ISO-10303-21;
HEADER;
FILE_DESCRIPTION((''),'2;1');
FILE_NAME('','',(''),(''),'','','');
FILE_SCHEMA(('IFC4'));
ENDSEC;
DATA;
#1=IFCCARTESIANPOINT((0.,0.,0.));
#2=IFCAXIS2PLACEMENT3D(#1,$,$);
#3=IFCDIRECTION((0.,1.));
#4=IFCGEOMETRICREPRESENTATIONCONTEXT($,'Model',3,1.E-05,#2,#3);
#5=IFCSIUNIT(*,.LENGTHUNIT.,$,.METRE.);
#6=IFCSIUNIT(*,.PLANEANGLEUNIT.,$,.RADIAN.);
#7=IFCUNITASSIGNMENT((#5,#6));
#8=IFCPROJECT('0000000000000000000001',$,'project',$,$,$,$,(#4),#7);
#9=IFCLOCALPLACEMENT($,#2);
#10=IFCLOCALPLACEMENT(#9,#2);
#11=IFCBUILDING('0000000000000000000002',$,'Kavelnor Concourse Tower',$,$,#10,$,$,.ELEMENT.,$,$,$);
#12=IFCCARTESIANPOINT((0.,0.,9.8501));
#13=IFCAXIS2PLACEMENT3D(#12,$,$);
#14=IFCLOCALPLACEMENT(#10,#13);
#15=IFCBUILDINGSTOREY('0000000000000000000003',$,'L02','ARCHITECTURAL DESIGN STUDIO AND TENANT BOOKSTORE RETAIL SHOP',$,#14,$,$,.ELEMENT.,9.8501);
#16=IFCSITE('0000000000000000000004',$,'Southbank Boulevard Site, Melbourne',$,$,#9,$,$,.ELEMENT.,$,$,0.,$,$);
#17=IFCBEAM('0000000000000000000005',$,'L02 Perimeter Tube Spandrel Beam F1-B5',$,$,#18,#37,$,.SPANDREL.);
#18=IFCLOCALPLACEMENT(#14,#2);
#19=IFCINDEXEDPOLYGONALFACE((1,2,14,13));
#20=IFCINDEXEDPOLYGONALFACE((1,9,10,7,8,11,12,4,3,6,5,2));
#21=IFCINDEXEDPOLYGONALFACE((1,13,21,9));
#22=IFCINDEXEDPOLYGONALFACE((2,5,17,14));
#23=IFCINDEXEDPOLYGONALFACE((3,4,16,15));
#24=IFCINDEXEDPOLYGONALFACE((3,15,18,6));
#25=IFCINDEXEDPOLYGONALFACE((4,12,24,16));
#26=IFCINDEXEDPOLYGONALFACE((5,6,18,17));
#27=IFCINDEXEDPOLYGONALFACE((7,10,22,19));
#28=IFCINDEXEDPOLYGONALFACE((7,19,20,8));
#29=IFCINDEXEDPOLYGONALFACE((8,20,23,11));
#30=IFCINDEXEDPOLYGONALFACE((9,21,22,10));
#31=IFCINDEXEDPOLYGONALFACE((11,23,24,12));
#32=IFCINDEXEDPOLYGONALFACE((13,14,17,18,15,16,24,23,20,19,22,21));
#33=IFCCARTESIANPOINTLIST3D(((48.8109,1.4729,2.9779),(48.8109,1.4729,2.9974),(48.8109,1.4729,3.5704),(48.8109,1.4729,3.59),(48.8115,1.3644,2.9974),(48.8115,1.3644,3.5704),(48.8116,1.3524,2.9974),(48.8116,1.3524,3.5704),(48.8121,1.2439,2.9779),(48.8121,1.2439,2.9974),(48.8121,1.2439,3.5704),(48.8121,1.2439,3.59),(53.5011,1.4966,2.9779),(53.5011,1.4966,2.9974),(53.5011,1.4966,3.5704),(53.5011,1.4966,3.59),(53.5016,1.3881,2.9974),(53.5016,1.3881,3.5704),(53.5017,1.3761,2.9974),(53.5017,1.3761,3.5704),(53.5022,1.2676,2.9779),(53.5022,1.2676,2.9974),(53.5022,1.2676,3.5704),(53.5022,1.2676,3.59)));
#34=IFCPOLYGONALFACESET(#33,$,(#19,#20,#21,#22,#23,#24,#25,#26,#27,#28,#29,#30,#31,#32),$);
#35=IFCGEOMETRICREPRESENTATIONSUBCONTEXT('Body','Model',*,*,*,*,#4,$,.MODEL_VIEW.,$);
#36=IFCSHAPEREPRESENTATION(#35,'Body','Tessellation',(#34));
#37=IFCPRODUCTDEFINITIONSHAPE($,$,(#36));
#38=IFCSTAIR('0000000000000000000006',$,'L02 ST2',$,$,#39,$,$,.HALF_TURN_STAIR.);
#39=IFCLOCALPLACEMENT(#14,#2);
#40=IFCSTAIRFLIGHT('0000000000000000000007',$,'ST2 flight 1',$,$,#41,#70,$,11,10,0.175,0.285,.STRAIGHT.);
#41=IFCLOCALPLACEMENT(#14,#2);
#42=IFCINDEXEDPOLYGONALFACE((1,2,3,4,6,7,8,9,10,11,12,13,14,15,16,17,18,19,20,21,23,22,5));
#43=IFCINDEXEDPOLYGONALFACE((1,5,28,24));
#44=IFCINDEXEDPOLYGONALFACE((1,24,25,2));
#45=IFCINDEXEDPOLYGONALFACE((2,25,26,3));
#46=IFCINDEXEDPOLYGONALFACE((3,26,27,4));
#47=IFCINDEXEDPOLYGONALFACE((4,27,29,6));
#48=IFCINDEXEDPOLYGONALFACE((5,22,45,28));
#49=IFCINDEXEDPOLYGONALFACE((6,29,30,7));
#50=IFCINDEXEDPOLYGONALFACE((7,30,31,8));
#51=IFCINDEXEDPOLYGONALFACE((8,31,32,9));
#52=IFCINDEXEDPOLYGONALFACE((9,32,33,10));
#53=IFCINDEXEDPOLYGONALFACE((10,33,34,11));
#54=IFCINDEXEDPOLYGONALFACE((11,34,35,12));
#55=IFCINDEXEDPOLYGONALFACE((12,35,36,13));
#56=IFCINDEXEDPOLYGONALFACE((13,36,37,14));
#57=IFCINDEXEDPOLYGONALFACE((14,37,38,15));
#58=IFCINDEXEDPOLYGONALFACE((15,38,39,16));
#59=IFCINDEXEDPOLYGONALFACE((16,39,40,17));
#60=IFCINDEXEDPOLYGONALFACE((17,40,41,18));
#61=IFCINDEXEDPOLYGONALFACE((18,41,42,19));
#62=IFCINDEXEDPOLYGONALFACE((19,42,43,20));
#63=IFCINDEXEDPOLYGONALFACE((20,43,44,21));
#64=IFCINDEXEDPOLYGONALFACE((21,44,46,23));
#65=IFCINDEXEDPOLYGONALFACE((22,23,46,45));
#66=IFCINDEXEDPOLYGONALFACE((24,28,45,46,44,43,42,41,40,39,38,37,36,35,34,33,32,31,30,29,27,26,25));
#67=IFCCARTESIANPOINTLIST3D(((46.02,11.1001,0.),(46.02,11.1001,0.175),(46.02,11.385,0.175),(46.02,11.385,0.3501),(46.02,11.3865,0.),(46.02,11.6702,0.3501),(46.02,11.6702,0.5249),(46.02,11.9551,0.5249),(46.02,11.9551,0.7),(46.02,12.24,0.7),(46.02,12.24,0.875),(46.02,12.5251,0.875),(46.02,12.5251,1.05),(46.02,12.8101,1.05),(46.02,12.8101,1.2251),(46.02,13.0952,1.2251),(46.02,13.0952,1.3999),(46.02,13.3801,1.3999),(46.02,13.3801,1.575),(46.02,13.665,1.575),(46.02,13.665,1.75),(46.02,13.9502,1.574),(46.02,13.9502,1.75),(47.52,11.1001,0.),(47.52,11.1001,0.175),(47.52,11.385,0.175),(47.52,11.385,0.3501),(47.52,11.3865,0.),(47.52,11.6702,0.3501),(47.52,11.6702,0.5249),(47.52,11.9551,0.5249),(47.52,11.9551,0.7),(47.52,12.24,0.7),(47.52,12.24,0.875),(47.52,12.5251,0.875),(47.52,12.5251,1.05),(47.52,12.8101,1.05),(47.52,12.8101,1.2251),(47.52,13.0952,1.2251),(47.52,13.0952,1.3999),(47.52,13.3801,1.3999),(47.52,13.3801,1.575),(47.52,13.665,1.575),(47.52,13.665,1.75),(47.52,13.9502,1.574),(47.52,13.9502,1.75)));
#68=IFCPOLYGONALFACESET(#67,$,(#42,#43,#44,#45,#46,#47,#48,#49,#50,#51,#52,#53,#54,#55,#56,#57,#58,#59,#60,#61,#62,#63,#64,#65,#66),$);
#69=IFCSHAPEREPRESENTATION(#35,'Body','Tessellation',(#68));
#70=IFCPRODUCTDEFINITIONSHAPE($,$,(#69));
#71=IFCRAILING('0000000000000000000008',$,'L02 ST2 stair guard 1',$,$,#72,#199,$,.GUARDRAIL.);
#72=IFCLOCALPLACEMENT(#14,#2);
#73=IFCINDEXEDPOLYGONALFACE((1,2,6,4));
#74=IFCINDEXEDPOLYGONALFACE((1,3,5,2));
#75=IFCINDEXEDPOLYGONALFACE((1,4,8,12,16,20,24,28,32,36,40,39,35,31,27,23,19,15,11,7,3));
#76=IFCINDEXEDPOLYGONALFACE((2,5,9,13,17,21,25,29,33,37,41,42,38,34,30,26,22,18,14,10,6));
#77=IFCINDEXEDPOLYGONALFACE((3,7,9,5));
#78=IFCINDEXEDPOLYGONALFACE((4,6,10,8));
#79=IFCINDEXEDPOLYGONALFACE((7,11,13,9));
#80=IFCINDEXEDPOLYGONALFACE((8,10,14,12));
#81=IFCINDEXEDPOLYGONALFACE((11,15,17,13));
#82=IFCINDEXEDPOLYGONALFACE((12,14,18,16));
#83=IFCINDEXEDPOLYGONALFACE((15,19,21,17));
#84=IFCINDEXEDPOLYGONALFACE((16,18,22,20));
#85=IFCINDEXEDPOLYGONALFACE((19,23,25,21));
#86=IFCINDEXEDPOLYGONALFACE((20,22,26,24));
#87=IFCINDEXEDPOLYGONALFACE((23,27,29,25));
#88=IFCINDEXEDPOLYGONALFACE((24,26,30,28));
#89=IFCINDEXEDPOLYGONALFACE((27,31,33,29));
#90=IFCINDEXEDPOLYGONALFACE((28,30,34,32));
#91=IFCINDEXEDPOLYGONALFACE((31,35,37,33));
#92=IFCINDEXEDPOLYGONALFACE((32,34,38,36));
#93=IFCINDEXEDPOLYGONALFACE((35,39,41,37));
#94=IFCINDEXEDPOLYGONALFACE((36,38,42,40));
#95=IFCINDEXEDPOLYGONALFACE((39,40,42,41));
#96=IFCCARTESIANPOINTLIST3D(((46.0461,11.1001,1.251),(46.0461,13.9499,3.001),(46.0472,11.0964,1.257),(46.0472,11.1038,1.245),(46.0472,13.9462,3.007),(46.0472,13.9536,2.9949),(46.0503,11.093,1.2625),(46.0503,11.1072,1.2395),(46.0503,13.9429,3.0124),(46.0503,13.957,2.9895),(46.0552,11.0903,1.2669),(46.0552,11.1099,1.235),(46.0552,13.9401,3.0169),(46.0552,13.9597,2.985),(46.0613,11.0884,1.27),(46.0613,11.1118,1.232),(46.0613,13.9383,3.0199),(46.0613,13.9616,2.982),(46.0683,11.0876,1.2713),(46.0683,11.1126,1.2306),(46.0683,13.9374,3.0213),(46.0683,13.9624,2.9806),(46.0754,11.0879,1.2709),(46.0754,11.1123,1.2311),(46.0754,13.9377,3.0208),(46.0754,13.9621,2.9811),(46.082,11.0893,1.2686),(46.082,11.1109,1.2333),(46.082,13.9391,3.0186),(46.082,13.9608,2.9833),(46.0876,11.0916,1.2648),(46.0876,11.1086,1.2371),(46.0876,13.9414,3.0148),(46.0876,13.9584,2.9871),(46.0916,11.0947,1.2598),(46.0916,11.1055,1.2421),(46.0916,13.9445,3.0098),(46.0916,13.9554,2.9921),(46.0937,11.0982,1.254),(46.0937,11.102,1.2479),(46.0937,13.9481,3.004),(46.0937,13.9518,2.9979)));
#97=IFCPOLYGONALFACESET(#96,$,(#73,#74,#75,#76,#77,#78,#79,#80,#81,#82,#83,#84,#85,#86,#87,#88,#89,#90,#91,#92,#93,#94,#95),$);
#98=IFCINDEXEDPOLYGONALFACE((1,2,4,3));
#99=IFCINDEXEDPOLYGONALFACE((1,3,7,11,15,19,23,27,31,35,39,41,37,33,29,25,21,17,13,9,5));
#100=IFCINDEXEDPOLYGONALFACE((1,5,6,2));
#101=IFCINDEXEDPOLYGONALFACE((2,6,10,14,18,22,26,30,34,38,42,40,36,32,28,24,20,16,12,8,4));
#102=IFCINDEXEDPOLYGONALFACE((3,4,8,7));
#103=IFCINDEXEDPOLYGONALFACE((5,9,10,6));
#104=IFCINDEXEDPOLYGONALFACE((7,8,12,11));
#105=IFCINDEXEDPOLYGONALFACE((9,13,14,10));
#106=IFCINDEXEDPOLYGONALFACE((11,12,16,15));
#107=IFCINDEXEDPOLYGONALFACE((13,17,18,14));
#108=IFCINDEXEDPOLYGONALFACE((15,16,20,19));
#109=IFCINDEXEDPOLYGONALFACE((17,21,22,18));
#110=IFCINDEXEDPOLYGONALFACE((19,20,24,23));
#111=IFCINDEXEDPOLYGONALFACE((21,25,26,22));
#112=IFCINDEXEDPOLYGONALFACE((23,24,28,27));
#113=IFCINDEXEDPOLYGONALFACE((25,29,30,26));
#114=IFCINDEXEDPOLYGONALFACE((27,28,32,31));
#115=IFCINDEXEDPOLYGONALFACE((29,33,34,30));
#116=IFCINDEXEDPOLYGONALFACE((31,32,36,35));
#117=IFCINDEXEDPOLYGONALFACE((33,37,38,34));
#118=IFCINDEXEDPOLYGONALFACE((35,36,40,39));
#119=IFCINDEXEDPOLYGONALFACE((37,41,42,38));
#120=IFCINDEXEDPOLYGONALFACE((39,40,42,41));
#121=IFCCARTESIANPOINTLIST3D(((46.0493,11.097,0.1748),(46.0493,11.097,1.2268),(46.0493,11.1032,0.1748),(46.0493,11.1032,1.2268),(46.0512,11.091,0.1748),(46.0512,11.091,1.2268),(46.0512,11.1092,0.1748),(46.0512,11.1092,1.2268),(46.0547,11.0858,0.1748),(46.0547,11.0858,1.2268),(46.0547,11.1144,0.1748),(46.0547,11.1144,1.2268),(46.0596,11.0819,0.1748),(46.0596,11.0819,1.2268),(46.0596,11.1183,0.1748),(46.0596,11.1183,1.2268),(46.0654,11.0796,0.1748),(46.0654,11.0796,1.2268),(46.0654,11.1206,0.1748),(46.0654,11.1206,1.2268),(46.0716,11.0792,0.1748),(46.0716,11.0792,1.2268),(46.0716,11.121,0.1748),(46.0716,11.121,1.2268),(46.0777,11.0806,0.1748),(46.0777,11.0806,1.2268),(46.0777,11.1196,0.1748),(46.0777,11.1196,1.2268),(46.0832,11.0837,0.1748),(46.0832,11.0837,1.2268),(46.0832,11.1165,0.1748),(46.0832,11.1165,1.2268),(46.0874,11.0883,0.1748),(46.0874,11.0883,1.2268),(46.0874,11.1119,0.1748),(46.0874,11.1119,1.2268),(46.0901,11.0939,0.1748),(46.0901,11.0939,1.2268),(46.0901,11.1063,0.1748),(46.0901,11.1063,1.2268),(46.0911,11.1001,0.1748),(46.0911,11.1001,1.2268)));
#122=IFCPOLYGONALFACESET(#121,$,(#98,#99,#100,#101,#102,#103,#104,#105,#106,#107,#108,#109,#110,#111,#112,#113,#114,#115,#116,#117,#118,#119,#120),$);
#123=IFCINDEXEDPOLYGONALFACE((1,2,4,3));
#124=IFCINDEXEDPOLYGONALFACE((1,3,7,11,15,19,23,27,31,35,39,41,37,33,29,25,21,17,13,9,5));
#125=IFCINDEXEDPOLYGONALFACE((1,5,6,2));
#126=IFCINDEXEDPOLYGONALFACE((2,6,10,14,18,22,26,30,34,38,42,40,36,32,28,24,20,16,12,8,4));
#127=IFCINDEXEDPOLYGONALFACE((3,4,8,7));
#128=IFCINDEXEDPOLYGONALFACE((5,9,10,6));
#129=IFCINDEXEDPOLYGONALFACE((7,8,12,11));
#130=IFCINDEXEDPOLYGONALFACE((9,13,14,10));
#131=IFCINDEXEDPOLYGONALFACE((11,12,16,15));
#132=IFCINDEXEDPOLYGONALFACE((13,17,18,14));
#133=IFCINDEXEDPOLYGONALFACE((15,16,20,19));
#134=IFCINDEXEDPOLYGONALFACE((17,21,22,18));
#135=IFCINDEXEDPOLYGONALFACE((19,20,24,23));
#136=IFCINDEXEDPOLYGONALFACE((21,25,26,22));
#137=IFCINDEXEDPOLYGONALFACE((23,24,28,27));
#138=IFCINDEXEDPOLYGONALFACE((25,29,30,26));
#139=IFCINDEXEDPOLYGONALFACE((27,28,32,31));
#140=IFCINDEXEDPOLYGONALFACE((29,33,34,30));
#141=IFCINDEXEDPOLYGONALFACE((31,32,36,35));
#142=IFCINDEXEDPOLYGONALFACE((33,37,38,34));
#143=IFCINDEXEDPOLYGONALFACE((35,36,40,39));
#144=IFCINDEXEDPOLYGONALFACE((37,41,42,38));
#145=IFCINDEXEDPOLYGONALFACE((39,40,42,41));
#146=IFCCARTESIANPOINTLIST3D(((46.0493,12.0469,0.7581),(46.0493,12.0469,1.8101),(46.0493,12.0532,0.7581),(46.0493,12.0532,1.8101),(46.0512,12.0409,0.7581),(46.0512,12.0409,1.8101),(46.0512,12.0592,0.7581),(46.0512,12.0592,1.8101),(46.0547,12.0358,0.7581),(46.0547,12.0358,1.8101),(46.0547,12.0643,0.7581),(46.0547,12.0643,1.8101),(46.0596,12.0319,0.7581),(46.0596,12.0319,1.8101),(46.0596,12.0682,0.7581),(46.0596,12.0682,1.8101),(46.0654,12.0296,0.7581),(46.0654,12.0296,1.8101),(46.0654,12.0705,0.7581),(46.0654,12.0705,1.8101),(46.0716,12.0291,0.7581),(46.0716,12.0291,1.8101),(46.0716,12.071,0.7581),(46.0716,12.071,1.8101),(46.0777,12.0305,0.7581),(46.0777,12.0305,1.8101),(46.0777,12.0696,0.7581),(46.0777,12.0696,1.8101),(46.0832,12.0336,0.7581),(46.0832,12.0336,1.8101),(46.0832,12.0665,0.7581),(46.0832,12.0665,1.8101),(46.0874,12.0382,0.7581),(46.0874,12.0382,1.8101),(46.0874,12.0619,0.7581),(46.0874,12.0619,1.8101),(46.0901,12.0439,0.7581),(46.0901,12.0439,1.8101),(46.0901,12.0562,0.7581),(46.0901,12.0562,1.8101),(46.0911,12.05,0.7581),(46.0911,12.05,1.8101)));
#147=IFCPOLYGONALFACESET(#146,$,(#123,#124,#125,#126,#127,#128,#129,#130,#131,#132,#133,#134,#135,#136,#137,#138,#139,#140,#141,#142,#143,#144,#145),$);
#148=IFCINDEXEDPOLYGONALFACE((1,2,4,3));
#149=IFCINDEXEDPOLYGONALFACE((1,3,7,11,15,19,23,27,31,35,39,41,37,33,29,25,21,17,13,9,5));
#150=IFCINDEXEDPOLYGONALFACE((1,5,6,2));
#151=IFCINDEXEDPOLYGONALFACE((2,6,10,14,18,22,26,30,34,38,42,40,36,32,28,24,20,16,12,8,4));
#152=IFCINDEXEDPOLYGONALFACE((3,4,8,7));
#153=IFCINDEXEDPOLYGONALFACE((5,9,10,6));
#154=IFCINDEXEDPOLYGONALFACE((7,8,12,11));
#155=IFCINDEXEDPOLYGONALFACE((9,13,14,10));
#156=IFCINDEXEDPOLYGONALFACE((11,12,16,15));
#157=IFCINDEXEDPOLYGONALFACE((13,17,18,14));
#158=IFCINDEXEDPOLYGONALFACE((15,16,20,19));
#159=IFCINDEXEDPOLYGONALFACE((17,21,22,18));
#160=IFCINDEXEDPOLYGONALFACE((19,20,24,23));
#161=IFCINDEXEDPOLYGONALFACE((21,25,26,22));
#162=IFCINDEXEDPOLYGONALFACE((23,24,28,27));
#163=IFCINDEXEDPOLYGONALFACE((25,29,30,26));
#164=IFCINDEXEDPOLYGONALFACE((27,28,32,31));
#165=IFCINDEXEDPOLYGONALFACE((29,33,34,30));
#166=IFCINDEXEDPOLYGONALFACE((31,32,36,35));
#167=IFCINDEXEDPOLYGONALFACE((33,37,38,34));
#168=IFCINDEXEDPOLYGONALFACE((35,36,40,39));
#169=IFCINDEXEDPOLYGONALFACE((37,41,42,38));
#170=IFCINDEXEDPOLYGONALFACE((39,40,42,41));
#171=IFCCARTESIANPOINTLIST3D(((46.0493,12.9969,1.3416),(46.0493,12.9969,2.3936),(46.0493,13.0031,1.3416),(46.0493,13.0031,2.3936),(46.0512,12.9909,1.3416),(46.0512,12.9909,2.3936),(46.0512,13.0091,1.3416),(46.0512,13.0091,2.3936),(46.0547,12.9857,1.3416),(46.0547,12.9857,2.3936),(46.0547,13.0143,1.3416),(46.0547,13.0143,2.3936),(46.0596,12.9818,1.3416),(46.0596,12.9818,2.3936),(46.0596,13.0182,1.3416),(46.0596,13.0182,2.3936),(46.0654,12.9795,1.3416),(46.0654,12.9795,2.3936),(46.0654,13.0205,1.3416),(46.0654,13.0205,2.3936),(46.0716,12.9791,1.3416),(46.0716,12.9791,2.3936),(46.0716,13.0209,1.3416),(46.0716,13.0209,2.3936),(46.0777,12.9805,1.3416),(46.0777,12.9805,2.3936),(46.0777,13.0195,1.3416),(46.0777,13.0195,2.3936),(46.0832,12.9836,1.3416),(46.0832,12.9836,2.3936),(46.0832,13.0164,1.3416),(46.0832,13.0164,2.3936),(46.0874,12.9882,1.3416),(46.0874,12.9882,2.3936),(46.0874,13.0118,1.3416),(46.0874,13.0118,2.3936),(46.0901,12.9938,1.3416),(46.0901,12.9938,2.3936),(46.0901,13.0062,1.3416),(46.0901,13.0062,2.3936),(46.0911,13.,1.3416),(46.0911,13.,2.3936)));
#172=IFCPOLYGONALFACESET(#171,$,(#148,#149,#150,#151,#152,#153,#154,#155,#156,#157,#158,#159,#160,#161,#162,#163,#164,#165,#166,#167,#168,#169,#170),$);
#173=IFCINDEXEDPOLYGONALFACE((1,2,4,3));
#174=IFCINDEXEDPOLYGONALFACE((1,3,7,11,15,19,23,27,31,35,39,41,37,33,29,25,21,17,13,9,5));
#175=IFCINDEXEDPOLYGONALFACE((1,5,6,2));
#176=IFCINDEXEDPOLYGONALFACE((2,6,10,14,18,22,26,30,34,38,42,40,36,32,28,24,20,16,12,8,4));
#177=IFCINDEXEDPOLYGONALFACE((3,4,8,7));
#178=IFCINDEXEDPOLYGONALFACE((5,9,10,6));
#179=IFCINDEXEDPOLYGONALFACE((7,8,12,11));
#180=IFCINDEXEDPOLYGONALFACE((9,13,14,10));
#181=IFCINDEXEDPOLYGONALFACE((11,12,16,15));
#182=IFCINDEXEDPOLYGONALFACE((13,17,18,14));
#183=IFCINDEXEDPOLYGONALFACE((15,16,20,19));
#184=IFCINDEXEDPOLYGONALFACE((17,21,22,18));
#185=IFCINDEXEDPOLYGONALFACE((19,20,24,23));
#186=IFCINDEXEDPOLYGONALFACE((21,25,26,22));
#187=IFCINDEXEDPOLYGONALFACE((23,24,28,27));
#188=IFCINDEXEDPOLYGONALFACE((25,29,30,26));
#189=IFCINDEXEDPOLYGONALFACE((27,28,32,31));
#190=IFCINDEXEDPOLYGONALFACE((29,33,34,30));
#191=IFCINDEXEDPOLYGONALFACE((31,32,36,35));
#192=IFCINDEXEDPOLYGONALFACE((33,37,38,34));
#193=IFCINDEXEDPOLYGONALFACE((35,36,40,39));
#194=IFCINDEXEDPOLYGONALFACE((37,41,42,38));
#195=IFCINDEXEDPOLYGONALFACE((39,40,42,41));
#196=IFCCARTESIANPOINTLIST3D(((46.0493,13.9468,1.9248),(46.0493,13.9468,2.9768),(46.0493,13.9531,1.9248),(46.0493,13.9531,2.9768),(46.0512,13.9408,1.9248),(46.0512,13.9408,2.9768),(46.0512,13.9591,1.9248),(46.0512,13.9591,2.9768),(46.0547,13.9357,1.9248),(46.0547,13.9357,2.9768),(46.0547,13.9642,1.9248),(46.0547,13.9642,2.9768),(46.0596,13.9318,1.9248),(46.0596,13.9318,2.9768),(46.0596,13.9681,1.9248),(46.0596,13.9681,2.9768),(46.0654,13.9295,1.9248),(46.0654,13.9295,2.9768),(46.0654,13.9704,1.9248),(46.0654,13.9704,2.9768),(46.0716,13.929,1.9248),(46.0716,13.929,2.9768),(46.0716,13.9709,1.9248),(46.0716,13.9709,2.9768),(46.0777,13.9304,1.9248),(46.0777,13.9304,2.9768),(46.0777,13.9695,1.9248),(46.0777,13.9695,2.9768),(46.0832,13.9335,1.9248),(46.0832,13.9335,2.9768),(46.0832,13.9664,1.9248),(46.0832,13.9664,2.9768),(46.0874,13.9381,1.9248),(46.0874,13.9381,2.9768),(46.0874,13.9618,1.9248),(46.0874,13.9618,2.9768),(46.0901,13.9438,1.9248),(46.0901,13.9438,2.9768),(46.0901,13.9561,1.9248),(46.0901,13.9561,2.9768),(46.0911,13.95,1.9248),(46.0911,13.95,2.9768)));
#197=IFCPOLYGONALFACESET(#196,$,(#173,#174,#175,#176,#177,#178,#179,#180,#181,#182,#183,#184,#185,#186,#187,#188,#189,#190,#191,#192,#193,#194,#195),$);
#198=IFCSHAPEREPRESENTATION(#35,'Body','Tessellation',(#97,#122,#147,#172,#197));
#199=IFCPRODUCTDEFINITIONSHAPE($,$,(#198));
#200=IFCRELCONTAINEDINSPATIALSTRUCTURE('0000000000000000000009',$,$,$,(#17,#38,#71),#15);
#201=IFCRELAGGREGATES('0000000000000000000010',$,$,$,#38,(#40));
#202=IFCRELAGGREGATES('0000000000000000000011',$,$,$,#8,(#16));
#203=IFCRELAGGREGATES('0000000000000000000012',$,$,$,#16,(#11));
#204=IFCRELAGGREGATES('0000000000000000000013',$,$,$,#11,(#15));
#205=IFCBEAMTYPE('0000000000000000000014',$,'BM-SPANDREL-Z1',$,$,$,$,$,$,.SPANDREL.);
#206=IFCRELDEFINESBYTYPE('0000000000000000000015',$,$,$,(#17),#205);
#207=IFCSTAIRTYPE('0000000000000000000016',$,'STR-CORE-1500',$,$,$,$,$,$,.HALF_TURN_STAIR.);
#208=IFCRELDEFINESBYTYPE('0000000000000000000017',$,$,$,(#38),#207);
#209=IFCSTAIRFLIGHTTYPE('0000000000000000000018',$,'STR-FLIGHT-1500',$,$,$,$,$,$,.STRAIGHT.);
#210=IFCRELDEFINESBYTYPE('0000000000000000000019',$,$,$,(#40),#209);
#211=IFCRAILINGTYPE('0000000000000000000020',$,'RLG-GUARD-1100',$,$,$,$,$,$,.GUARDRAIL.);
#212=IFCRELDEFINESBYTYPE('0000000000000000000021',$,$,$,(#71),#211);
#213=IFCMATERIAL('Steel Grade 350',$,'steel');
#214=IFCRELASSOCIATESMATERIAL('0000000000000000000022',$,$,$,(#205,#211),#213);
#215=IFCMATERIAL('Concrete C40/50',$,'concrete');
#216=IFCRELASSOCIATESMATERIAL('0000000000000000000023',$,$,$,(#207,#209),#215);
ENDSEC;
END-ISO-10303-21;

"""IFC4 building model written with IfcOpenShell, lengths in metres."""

from ifc_helpers import new_model, si_unit, direction, frame, origin, origin_2d, place, context, subcontext, project, spatial, polyline, circle, i_section, outline, extrude, material, material_profile, profile_set, type_object, element, aggregate, save


model = new_model("IFC4")

# Units and contexts
model_context = context("Model", 3, precision=1e-05, world=origin(), true_north=direction((0.0, 1.0)))
body_context = subcontext(model_context, "Body", "Model", "MODEL_VIEW")
ifc_project = project(units=[si_unit("LENGTHUNIT", "METRE"), si_unit("PLANEANGLEUNIT", "RADIAN")], contexts=[model_context])

# Site, building, storey
site_placement = place(None, origin())
site = spatial("IfcSite", under=ifc_project, at=site_placement, Name="Southbank Boulevard Site, Melbourne", CompositionType="ELEMENT", RefElevation=0.0)
building_placement = place(site_placement, origin())
building = spatial("IfcBuilding", under=site, at=building_placement, Name="Kavelnor Concourse Tower", CompositionType="ELEMENT")
storey_placement = place(building_placement, frame((0.0, 0.0, 9.8501)))
storey = spatial("IfcBuildingStorey", under=building, at=storey_placement, Name="L02", Description="ARCHITECTURAL DESIGN STUDIO AND TENANT BOOKSTORE RETAIL SHOP", CompositionType="ELEMENT", Elevation=9.8501)

# Shared definitions
ifc_material_1 = material(Name="Steel Grade 350", Category="steel")

# Beam
ifc_material_profile_1 = material_profile(ifc_material_1, i_section(OverallWidth=0.229, OverallDepth=0.6121, WebThickness=0.012, FlangeThickness=0.0195, at=origin_2d()), Name="610UB125")
ifc_profile_set_1 = profile_set([ifc_material_profile_1], Name="Steel Grade 350")
beam_type_1 = type_object("IfcBeamType", Name="BM-SPANDREL-Z1", PredefinedType="SPANDREL", material=ifc_profile_set_1)
beam_1_placement = place(storey_placement, frame((48.8115, 1.3584, 3.2839), z_axis=(0.999987, 0.005049, 0.0), x_axis=(-0.005049, 0.999987, 0.0)))
element("IfcBeam", 1, at=beam_1_placement, inside=storey, type_object=beam_type_1, Name="L02 Perimeter Tube Spandrel Beam F1-B5", PredefinedType="SPANDREL", context=body_context, shape_type="SweptSolid", body=[
    extrude(i_section(OverallWidth=0.229, OverallDepth=0.6121, WebThickness=0.012, FlangeThickness=0.0195, at=origin_2d()), origin(), (0.0, 0.0, 1.0), 4.6902),
])

# Stair, stair flight
ifc_material_2 = material(Name="Concrete C40/50", Category="concrete")
stair_type = type_object("IfcStairType", Name="STR-CORE-1500", PredefinedType="HALF_TURN_STAIR", material=ifc_material_2)
stair_placement = place(storey_placement, origin())
stair = element("IfcStair", 2, at=stair_placement, inside=storey, type_object=stair_type, Name="L02 ST2", PredefinedType="HALF_TURN_STAIR")
stair_flight_type = type_object("IfcStairFlightType", Name="STR-FLIGHT-1500", PredefinedType="STRAIGHT", material=ifc_material_2)
stair_flight_placement = place(storey_placement, frame((46.77, 11.1001, 0.0), z_axis=(0.0, 0.0, 1.0), x_axis=(0.0, 1.0, 0.0)))
stair_flight = element("IfcStairFlight", 3, at=stair_flight_placement, type_object=stair_flight_type, Name="ST2 flight 1", NumberOfRisers=11, NumberOfTreads=10, PredefinedType="STRAIGHT", RiserHeight=0.175, TreadLength=0.285, context=body_context, shape_type="SweptSolid", body=[
    extrude(outline(polyline([(0.0, 0.0), (0.0, 0.175), (0.2849, 0.175), (0.2849, 0.3501), (0.5701, 0.3501), (0.5701, 0.5249), (0.855, 0.5249), (0.855, 0.7), (1.1399, 0.7), (1.1399, 0.875), (1.425, 0.875), (1.425, 1.05), (1.71, 1.05), (1.71, 1.2251), (1.9951, 1.2251), (1.9951, 1.3999), (2.28, 1.3999), (2.28, 1.575), (2.5649, 1.575), (2.5649, 1.75), (2.8501, 1.75), (2.8501, 1.925), (2.8501, 1.574), (0.2864, 0.0), (0.0, 0.0)])), frame((0.0, 0.75, 0.0), z_axis=(0.0, -1.0, 0.0), x_axis=(1.0, 0.0, 0.0)), (0.0, 0.0, 1.0), 1.5),
])
aggregate(stair, [stair_flight])

# Railing
railing_type_1 = type_object("IfcRailingType", Name="RLG-GUARD-1100", PredefinedType="GUARDRAIL", material=ifc_material_1)
railing_1_placement = place(storey_placement, frame((46.0701, 11.1001, 0.1748)))
element("IfcRailing", 4, at=railing_1_placement, inside=storey, type_object=railing_type_1, Name="L02 ST2 stair guard 1", PredefinedType="GUARDRAIL", context=body_context, shape_type="SweptSolid", body=[
    extrude(circle(Radius=0.0239, at=origin_2d()), frame((0.0, 0.0, 1.0762), z_axis=(0.0, 0.852159, 0.523283), x_axis=(-1.0, 0.0, 0.0)), (0.0, 0.0, 1.0), 3.3442),
    extrude(circle(Radius=0.021, at=origin_2d()), origin(), (0.0, 0.0, 1.0), 1.052),
    extrude(circle(Radius=0.021, at=origin_2d()), frame((0.0, 0.95, 0.5833)), (0.0, 0.0, 1.0), 1.052),
    extrude(circle(Radius=0.021, at=origin_2d()), frame((0.0, 1.8999, 1.1667)), (0.0, 0.0, 1.0), 1.052),
    extrude(circle(Radius=0.021, at=origin_2d()), frame((0.0, 2.8499, 1.75)), (0.0, 0.0, 1.0), 1.052),
])

save(model, "model.ifc")
